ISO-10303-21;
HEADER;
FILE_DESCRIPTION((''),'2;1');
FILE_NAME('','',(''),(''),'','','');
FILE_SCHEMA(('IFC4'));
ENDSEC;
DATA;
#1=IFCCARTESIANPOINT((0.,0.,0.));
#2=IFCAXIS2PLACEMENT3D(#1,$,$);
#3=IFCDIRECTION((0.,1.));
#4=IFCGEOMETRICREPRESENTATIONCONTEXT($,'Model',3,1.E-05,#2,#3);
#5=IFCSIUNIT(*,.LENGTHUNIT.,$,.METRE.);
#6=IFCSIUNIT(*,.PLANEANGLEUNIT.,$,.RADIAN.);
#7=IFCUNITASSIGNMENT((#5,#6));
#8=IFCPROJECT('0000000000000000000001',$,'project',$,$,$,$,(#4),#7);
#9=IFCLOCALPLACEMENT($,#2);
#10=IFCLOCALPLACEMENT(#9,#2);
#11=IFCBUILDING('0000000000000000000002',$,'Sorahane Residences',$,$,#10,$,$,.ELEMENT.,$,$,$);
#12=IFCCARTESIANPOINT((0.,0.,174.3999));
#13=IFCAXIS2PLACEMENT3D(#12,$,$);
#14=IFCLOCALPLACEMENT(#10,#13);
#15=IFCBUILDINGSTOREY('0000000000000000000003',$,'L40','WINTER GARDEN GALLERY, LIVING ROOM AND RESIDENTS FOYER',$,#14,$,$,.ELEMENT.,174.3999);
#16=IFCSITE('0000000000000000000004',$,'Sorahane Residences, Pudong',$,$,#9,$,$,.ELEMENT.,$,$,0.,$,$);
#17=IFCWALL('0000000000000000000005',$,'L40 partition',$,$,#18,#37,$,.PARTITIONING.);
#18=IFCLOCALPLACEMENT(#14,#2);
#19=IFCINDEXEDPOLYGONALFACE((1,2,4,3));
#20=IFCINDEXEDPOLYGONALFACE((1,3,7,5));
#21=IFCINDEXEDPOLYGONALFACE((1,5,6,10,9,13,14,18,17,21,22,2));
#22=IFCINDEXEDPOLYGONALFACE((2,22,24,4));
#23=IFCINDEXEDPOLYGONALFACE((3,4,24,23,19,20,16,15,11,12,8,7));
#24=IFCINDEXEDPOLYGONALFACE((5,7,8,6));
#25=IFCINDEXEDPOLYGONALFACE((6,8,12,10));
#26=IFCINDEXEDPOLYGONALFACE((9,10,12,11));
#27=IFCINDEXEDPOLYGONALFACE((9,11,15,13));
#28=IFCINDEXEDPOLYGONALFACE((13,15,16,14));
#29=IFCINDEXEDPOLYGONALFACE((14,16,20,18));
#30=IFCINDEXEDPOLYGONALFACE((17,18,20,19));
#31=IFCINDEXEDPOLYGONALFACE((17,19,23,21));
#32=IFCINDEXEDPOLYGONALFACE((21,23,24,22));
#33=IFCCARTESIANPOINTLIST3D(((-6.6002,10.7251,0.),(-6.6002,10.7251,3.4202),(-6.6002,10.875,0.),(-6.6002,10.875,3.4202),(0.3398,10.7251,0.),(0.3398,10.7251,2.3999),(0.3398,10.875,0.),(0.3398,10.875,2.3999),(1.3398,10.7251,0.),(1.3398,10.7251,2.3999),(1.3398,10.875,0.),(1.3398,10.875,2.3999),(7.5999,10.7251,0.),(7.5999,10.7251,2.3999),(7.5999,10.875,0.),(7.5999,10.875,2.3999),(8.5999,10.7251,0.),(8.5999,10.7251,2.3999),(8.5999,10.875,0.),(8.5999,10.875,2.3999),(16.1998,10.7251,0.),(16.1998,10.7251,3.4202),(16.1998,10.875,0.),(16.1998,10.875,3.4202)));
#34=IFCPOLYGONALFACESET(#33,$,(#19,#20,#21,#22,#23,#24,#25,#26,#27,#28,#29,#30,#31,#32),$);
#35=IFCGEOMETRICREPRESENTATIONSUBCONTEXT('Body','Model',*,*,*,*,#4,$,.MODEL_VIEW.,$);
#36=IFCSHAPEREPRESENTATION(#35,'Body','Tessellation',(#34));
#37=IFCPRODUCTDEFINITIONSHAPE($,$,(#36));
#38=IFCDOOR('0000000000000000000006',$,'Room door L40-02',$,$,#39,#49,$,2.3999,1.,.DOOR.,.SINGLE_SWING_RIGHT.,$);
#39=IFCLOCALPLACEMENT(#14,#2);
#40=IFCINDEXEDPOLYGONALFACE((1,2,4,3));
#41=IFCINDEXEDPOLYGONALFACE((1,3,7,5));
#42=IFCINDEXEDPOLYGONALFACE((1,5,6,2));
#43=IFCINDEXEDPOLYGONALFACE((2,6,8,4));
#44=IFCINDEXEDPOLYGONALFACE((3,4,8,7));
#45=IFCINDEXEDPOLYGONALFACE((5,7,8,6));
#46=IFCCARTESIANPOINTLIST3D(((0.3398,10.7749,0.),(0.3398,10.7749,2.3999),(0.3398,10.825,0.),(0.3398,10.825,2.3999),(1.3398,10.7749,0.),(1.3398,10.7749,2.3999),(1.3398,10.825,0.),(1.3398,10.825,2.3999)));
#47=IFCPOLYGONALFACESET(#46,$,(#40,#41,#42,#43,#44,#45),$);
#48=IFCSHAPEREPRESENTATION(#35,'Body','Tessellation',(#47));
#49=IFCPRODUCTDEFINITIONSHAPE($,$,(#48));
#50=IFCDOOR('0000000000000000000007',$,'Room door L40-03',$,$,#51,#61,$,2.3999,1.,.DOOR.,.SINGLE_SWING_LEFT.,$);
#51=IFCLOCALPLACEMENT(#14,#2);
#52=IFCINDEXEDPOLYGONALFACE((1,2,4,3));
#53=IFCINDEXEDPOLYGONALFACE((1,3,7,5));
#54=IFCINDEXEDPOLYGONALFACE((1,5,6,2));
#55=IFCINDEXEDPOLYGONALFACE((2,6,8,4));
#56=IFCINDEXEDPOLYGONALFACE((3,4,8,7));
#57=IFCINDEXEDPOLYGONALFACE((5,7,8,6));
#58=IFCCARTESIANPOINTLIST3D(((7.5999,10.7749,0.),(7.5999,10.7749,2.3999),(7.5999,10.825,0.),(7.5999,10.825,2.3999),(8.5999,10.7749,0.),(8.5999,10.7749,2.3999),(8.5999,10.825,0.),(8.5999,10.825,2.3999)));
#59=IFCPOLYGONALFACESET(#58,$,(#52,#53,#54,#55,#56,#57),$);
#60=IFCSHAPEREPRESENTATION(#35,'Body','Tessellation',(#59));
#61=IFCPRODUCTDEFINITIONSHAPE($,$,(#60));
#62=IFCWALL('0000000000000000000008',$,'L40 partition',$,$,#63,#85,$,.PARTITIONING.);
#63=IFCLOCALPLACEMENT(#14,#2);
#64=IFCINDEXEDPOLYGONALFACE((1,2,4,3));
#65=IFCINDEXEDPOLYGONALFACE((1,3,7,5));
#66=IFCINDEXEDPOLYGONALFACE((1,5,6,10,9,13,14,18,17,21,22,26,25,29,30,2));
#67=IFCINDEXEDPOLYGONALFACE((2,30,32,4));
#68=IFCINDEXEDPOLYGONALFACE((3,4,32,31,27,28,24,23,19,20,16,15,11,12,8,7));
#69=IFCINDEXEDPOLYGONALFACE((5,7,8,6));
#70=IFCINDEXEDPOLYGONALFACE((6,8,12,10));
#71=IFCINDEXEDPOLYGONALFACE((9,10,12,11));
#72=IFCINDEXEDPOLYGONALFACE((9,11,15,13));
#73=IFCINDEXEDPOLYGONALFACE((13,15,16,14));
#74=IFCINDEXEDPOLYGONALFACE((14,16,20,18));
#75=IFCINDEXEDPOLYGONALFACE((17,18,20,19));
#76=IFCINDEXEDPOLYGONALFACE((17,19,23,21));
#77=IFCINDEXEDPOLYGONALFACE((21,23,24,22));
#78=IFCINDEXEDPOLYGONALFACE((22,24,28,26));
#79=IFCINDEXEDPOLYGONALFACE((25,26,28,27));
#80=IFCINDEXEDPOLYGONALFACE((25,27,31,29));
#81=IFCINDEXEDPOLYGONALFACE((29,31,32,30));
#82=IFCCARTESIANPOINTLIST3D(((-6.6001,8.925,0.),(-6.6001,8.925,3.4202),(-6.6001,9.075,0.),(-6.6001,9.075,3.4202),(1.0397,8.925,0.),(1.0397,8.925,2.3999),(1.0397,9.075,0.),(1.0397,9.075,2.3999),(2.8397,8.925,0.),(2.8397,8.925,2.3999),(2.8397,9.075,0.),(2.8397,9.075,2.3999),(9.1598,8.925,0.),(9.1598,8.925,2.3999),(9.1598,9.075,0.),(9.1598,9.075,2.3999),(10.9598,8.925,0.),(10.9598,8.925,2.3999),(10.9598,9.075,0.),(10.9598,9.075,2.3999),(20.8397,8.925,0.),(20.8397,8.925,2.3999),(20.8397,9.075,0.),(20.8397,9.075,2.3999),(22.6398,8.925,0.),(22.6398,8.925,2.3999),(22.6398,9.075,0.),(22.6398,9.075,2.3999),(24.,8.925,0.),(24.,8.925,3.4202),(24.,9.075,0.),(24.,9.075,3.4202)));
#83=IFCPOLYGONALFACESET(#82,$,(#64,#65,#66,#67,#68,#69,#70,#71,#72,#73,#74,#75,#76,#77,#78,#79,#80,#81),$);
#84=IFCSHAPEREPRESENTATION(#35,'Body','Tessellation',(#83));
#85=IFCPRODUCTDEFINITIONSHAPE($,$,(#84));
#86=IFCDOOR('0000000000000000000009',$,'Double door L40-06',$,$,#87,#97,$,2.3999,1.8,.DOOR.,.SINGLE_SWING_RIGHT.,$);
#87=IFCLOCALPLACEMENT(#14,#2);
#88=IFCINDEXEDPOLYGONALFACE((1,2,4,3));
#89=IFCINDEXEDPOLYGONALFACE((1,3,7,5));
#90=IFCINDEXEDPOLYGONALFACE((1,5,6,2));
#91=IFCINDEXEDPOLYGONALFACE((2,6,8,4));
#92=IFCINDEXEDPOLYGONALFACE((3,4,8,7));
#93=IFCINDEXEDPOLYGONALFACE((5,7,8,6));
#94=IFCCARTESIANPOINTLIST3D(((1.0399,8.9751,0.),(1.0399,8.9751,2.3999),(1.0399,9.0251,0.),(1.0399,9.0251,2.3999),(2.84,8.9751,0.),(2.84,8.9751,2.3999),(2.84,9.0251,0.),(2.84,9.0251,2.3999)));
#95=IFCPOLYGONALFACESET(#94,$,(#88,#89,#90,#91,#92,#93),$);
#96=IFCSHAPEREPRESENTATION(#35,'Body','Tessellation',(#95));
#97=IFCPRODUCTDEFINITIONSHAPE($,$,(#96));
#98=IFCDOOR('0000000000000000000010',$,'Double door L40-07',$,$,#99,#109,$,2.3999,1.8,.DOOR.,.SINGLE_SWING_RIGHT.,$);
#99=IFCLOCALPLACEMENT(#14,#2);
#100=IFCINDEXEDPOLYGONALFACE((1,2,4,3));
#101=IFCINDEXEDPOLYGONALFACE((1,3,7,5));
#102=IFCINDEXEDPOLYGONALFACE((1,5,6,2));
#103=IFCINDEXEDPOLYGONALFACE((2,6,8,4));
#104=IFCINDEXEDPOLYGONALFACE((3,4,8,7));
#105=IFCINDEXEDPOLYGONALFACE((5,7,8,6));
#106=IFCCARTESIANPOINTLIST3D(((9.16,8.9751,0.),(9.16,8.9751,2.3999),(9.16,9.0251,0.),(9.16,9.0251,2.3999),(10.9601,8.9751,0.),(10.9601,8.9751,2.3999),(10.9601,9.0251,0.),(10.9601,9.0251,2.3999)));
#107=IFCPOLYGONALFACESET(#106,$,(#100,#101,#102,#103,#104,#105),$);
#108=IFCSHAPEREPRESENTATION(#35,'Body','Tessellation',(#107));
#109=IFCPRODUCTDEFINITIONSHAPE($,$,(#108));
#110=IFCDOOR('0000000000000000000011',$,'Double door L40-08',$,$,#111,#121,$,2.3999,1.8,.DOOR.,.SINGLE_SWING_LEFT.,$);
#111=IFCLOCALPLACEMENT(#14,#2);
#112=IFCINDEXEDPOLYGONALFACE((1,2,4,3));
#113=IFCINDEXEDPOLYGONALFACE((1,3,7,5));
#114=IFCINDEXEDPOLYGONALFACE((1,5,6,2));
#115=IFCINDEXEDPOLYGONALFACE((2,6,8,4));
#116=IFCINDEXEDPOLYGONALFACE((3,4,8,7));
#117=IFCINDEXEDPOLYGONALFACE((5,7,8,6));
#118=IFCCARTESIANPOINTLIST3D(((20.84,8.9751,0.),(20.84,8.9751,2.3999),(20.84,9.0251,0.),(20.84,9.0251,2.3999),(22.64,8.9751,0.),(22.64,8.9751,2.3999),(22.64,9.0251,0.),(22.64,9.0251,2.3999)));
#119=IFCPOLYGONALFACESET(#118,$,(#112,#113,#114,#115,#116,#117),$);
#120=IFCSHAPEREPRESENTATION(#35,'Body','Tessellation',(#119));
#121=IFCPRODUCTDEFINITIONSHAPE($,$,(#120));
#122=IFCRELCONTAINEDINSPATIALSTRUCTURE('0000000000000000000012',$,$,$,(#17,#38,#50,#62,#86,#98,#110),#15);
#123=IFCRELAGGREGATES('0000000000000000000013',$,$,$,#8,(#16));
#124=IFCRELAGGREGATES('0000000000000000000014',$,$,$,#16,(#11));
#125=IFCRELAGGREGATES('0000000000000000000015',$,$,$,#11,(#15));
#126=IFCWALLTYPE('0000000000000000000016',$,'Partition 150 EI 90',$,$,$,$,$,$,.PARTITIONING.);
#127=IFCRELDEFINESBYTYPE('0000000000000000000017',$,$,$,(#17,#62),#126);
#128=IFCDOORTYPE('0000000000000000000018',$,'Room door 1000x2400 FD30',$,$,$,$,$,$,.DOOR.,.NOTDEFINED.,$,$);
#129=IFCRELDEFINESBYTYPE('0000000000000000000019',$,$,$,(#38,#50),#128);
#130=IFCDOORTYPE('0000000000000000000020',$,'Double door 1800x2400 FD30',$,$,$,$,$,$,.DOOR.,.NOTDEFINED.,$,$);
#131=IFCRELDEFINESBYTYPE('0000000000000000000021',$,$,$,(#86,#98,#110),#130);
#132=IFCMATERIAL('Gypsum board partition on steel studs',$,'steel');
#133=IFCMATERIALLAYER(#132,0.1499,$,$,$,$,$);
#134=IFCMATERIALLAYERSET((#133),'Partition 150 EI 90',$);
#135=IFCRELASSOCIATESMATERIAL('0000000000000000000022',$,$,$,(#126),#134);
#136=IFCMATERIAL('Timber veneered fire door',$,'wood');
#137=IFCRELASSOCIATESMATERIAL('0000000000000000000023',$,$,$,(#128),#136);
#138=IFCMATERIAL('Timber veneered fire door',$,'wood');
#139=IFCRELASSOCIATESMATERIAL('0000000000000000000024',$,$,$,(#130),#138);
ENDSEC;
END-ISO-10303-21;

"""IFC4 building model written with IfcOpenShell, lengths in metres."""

from ifc_helpers import new_model, si_unit, direction, frame, frame_2d, origin, place, context, subcontext, project, spatial, rectangle, extrude, material, layer, layer_set, type_object, element, fill, save


model = new_model("IFC4")

# Units and contexts
model_context = context("Model", 3, precision=1e-05, world=origin(), true_north=direction((0.0, 1.0)))
body_context = subcontext(model_context, "Body", "Model", "MODEL_VIEW")
ifc_project = project(units=[si_unit("LENGTHUNIT", "METRE"), si_unit("PLANEANGLEUNIT", "RADIAN")], contexts=[model_context])

# Site, building, storey
site_placement = place(None, origin())
site = spatial("IfcSite", under=ifc_project, at=site_placement, Name="Sorahane Residences, Pudong", CompositionType="ELEMENT", RefElevation=0.0)
building_placement = place(site_placement, origin())
building = spatial("IfcBuilding", under=site, at=building_placement, Name="Sorahane Residences", CompositionType="ELEMENT")
storey_placement = place(building_placement, frame((0.0, 0.0, 174.3999)))
storey = spatial("IfcBuildingStorey", under=building, at=storey_placement, Name="L40", Description="WINTER GARDEN GALLERY, LIVING ROOM AND RESIDENTS FOYER", CompositionType="ELEMENT", Elevation=174.3999)

# Shared definitions
ifc_material_1 = material(Name="Gypsum board partition on steel studs", Category="steel")
ifc_layer_1 = layer(ifc_material_1, 0.1499)
ifc_layer_set_1 = layer_set([ifc_layer_1], Name="Partition 150 EI 90")
wall_type = type_object("IfcWallType", Name="Partition 150 EI 90", PredefinedType="PARTITIONING", material=ifc_layer_set_1)

# Walls, openings, doors
wall_1_placement = place(storey_placement, frame((-6.6001, 10.8, 0.0), z_axis=(0.0, 0.0, 1.0), x_axis=(1.0, 0.0, 0.0)))
wall_1 = element("IfcWall", 1, at=wall_1_placement, inside=storey, type_object=wall_type, Name="L40 partition", PredefinedType="PARTITIONING", context=body_context, shape_type="SweptSolid", body=[
    extrude(rectangle(XDim=22.8, YDim=0.1499, at=frame_2d((11.3999, 0.0))), origin(), (0.0, 0.0, 1.0), 3.4202),
])
opening_1_placement = place(wall_1_placement, frame((6.9399, 0.0, 0.0)))
opening_1 = element("IfcOpeningElement", 2, at=opening_1_placement, cuts=wall_1, PredefinedType="OPENING", context=body_context, shape_type="SweptSolid", body=[
    extrude(rectangle(XDim=1.0, YDim=2.3999, at=frame_2d((0.5, 1.2))), frame((0.0, 0.085, 0.0), z_axis=(0.0, -1.0, 0.0), x_axis=(1.0, 0.0, 0.0)), (0.0, 0.0, 1.0), 0.1699),
])
opening_2_placement = place(wall_1_placement, frame((14.2, 0.0, 0.0)))
opening_2 = element("IfcOpeningElement", 3, at=opening_2_placement, cuts=wall_1, PredefinedType="OPENING", context=body_context, shape_type="SweptSolid", body=[
    extrude(rectangle(XDim=1.0, YDim=2.3999, at=frame_2d((0.5, 1.2))), frame((0.0, 0.085, 0.0), z_axis=(0.0, -1.0, 0.0), x_axis=(1.0, 0.0, 0.0)), (0.0, 0.0, 1.0), 0.1699),
])
ifc_material_2 = material(Name="Timber veneered fire door", Category="wood")
door_type_1 = type_object("IfcDoorType", Name="Room door 1000x2400 FD30", OperationType="NOTDEFINED", PredefinedType="DOOR", material=ifc_material_2)
door_1_placement = place(opening_1_placement, origin())
door_1 = element("IfcDoor", 4, at=door_1_placement, inside=storey, type_object=door_type_1, Name="Room door L40-02", OperationType="SINGLE_SWING_RIGHT", OverallHeight=2.3999, OverallWidth=1.0, PredefinedType="DOOR", context=body_context, shape_type="SweptSolid", body=[
    extrude(rectangle(XDim=1.0, YDim=2.3999, at=frame_2d((0.5, 1.2))), frame((0.0, 0.0249, 0.0), z_axis=(0.0, -1.0, 0.0), x_axis=(1.0, 0.0, 0.0)), (0.0, 0.0, 1.0), 0.05),
])
fill(opening_1, door_1)
door_2_placement = place(opening_2_placement, origin())
door_2 = element("IfcDoor", 5, at=door_2_placement, inside=storey, type_object=door_type_1, Name="Room door L40-03", OperationType="SINGLE_SWING_LEFT", OverallHeight=2.3999, OverallWidth=1.0, PredefinedType="DOOR", context=body_context, shape_type="SweptSolid", body=[
    extrude(rectangle(XDim=1.0, YDim=2.3999, at=frame_2d((0.5, 1.2))), frame((0.0, 0.0249, 0.0), z_axis=(0.0, -1.0, 0.0), x_axis=(1.0, 0.0, 0.0)), (0.0, 0.0, 1.0), 0.05),
])
fill(opening_2, door_2)
wall_2_placement = place(storey_placement, frame((-6.6001, 9.0, 0.0), z_axis=(0.0, 0.0, 1.0), x_axis=(1.0, 0.0, 0.0)))
wall_2 = element("IfcWall", 6, at=wall_2_placement, inside=storey, type_object=wall_type, Name="L40 partition", PredefinedType="PARTITIONING", context=body_context, shape_type="SweptSolid", body=[
    extrude(rectangle(XDim=30.6001, YDim=0.1499, at=frame_2d((15.3, 0.0))), origin(), (0.0, 0.0, 1.0), 3.4202),
])
opening_3_placement = place(wall_2_placement, frame((7.6399, 0.0, 0.0)))
opening_3 = element("IfcOpeningElement", 7, at=opening_3_placement, cuts=wall_2, PredefinedType="OPENING", context=body_context, shape_type="SweptSolid", body=[
    extrude(rectangle(XDim=1.8, YDim=2.3999, at=frame_2d((0.8999, 1.2))), frame((0.0, 0.085, 0.0), z_axis=(0.0, -1.0, 0.0), x_axis=(1.0, 0.0, 0.0)), (0.0, 0.0, 1.0), 0.1699),
])
opening_4_placement = place(wall_2_placement, frame((15.76, 0.0, 0.0)))
opening_4 = element("IfcOpeningElement", 8, at=opening_4_placement, cuts=wall_2, PredefinedType="OPENING", context=body_context, shape_type="SweptSolid", body=[
    extrude(rectangle(XDim=1.8, YDim=2.3999, at=frame_2d((0.8999, 1.2))), frame((0.0, 0.085, 0.0), z_axis=(0.0, -1.0, 0.0), x_axis=(1.0, 0.0, 0.0)), (0.0, 0.0, 1.0), 0.1699),
])
opening_5_placement = place(wall_2_placement, frame((27.4399, 0.0, 0.0)))
opening_5 = element("IfcOpeningElement", 9, at=opening_5_placement, cuts=wall_2, PredefinedType="OPENING", context=body_context, shape_type="SweptSolid", body=[
    extrude(rectangle(XDim=1.8, YDim=2.3999, at=frame_2d((0.8999, 1.2))), frame((0.0, 0.085, 0.0), z_axis=(0.0, -1.0, 0.0), x_axis=(1.0, 0.0, 0.0)), (0.0, 0.0, 1.0), 0.1699),
])
ifc_material_3 = material(Name="Timber veneered fire door", Category="wood")
door_type_2 = type_object("IfcDoorType", Name="Double door 1800x2400 FD30", OperationType="NOTDEFINED", PredefinedType="DOOR", material=ifc_material_3)
door_3_placement = place(opening_3_placement, frame((1.8, 0.0, 0.0), z_axis=(0.0, 0.0, 1.0), x_axis=(-1.0, 0.0, 0.0)))
door_3 = element("IfcDoor", 10, at=door_3_placement, inside=storey, type_object=door_type_2, Name="Double door L40-06", OperationType="SINGLE_SWING_RIGHT", OverallHeight=2.3999, OverallWidth=1.8, PredefinedType="DOOR", context=body_context, shape_type="SweptSolid", body=[
    extrude(rectangle(XDim=1.8, YDim=2.3999, at=frame_2d((0.8999, 1.2))), frame((0.0, 0.0249, 0.0), z_axis=(0.0, -1.0, 0.0), x_axis=(1.0, 0.0, 0.0)), (0.0, 0.0, 1.0), 0.05),
])
fill(opening_3, door_3)
door_4_placement = place(opening_4_placement, frame((1.8, 0.0, 0.0), z_axis=(0.0, 0.0, 1.0), x_axis=(-1.0, 0.0, 0.0)))
door_4 = element("IfcDoor", 11, at=door_4_placement, inside=storey, type_object=door_type_2, Name="Double door L40-07", OperationType="SINGLE_SWING_RIGHT", OverallHeight=2.3999, OverallWidth=1.8, PredefinedType="DOOR", context=body_context, shape_type="SweptSolid", body=[
    extrude(rectangle(XDim=1.8, YDim=2.3999, at=frame_2d((0.8999, 1.2))), frame((0.0, 0.0249, 0.0), z_axis=(0.0, -1.0, 0.0), x_axis=(1.0, 0.0, 0.0)), (0.0, 0.0, 1.0), 0.05),
])
fill(opening_4, door_4)
door_5_placement = place(opening_5_placement, frame((1.8, 0.0, 0.0), z_axis=(0.0, 0.0, 1.0), x_axis=(-1.0, 0.0, 0.0)))
door_5 = element("IfcDoor", 12, at=door_5_placement, inside=storey, type_object=door_type_2, Name="Double door L40-08", OperationType="SINGLE_SWING_LEFT", OverallHeight=2.3999, OverallWidth=1.8, PredefinedType="DOOR", context=body_context, shape_type="SweptSolid", body=[
    extrude(rectangle(XDim=1.8, YDim=2.3999, at=frame_2d((0.8999, 1.2))), frame((0.0, 0.0249, 0.0), z_axis=(0.0, -1.0, 0.0), x_axis=(1.0, 0.0, 0.0)), (0.0, 0.0, 1.0), 0.05),
])
fill(opening_5, door_5)

save(model, "model.ifc")
